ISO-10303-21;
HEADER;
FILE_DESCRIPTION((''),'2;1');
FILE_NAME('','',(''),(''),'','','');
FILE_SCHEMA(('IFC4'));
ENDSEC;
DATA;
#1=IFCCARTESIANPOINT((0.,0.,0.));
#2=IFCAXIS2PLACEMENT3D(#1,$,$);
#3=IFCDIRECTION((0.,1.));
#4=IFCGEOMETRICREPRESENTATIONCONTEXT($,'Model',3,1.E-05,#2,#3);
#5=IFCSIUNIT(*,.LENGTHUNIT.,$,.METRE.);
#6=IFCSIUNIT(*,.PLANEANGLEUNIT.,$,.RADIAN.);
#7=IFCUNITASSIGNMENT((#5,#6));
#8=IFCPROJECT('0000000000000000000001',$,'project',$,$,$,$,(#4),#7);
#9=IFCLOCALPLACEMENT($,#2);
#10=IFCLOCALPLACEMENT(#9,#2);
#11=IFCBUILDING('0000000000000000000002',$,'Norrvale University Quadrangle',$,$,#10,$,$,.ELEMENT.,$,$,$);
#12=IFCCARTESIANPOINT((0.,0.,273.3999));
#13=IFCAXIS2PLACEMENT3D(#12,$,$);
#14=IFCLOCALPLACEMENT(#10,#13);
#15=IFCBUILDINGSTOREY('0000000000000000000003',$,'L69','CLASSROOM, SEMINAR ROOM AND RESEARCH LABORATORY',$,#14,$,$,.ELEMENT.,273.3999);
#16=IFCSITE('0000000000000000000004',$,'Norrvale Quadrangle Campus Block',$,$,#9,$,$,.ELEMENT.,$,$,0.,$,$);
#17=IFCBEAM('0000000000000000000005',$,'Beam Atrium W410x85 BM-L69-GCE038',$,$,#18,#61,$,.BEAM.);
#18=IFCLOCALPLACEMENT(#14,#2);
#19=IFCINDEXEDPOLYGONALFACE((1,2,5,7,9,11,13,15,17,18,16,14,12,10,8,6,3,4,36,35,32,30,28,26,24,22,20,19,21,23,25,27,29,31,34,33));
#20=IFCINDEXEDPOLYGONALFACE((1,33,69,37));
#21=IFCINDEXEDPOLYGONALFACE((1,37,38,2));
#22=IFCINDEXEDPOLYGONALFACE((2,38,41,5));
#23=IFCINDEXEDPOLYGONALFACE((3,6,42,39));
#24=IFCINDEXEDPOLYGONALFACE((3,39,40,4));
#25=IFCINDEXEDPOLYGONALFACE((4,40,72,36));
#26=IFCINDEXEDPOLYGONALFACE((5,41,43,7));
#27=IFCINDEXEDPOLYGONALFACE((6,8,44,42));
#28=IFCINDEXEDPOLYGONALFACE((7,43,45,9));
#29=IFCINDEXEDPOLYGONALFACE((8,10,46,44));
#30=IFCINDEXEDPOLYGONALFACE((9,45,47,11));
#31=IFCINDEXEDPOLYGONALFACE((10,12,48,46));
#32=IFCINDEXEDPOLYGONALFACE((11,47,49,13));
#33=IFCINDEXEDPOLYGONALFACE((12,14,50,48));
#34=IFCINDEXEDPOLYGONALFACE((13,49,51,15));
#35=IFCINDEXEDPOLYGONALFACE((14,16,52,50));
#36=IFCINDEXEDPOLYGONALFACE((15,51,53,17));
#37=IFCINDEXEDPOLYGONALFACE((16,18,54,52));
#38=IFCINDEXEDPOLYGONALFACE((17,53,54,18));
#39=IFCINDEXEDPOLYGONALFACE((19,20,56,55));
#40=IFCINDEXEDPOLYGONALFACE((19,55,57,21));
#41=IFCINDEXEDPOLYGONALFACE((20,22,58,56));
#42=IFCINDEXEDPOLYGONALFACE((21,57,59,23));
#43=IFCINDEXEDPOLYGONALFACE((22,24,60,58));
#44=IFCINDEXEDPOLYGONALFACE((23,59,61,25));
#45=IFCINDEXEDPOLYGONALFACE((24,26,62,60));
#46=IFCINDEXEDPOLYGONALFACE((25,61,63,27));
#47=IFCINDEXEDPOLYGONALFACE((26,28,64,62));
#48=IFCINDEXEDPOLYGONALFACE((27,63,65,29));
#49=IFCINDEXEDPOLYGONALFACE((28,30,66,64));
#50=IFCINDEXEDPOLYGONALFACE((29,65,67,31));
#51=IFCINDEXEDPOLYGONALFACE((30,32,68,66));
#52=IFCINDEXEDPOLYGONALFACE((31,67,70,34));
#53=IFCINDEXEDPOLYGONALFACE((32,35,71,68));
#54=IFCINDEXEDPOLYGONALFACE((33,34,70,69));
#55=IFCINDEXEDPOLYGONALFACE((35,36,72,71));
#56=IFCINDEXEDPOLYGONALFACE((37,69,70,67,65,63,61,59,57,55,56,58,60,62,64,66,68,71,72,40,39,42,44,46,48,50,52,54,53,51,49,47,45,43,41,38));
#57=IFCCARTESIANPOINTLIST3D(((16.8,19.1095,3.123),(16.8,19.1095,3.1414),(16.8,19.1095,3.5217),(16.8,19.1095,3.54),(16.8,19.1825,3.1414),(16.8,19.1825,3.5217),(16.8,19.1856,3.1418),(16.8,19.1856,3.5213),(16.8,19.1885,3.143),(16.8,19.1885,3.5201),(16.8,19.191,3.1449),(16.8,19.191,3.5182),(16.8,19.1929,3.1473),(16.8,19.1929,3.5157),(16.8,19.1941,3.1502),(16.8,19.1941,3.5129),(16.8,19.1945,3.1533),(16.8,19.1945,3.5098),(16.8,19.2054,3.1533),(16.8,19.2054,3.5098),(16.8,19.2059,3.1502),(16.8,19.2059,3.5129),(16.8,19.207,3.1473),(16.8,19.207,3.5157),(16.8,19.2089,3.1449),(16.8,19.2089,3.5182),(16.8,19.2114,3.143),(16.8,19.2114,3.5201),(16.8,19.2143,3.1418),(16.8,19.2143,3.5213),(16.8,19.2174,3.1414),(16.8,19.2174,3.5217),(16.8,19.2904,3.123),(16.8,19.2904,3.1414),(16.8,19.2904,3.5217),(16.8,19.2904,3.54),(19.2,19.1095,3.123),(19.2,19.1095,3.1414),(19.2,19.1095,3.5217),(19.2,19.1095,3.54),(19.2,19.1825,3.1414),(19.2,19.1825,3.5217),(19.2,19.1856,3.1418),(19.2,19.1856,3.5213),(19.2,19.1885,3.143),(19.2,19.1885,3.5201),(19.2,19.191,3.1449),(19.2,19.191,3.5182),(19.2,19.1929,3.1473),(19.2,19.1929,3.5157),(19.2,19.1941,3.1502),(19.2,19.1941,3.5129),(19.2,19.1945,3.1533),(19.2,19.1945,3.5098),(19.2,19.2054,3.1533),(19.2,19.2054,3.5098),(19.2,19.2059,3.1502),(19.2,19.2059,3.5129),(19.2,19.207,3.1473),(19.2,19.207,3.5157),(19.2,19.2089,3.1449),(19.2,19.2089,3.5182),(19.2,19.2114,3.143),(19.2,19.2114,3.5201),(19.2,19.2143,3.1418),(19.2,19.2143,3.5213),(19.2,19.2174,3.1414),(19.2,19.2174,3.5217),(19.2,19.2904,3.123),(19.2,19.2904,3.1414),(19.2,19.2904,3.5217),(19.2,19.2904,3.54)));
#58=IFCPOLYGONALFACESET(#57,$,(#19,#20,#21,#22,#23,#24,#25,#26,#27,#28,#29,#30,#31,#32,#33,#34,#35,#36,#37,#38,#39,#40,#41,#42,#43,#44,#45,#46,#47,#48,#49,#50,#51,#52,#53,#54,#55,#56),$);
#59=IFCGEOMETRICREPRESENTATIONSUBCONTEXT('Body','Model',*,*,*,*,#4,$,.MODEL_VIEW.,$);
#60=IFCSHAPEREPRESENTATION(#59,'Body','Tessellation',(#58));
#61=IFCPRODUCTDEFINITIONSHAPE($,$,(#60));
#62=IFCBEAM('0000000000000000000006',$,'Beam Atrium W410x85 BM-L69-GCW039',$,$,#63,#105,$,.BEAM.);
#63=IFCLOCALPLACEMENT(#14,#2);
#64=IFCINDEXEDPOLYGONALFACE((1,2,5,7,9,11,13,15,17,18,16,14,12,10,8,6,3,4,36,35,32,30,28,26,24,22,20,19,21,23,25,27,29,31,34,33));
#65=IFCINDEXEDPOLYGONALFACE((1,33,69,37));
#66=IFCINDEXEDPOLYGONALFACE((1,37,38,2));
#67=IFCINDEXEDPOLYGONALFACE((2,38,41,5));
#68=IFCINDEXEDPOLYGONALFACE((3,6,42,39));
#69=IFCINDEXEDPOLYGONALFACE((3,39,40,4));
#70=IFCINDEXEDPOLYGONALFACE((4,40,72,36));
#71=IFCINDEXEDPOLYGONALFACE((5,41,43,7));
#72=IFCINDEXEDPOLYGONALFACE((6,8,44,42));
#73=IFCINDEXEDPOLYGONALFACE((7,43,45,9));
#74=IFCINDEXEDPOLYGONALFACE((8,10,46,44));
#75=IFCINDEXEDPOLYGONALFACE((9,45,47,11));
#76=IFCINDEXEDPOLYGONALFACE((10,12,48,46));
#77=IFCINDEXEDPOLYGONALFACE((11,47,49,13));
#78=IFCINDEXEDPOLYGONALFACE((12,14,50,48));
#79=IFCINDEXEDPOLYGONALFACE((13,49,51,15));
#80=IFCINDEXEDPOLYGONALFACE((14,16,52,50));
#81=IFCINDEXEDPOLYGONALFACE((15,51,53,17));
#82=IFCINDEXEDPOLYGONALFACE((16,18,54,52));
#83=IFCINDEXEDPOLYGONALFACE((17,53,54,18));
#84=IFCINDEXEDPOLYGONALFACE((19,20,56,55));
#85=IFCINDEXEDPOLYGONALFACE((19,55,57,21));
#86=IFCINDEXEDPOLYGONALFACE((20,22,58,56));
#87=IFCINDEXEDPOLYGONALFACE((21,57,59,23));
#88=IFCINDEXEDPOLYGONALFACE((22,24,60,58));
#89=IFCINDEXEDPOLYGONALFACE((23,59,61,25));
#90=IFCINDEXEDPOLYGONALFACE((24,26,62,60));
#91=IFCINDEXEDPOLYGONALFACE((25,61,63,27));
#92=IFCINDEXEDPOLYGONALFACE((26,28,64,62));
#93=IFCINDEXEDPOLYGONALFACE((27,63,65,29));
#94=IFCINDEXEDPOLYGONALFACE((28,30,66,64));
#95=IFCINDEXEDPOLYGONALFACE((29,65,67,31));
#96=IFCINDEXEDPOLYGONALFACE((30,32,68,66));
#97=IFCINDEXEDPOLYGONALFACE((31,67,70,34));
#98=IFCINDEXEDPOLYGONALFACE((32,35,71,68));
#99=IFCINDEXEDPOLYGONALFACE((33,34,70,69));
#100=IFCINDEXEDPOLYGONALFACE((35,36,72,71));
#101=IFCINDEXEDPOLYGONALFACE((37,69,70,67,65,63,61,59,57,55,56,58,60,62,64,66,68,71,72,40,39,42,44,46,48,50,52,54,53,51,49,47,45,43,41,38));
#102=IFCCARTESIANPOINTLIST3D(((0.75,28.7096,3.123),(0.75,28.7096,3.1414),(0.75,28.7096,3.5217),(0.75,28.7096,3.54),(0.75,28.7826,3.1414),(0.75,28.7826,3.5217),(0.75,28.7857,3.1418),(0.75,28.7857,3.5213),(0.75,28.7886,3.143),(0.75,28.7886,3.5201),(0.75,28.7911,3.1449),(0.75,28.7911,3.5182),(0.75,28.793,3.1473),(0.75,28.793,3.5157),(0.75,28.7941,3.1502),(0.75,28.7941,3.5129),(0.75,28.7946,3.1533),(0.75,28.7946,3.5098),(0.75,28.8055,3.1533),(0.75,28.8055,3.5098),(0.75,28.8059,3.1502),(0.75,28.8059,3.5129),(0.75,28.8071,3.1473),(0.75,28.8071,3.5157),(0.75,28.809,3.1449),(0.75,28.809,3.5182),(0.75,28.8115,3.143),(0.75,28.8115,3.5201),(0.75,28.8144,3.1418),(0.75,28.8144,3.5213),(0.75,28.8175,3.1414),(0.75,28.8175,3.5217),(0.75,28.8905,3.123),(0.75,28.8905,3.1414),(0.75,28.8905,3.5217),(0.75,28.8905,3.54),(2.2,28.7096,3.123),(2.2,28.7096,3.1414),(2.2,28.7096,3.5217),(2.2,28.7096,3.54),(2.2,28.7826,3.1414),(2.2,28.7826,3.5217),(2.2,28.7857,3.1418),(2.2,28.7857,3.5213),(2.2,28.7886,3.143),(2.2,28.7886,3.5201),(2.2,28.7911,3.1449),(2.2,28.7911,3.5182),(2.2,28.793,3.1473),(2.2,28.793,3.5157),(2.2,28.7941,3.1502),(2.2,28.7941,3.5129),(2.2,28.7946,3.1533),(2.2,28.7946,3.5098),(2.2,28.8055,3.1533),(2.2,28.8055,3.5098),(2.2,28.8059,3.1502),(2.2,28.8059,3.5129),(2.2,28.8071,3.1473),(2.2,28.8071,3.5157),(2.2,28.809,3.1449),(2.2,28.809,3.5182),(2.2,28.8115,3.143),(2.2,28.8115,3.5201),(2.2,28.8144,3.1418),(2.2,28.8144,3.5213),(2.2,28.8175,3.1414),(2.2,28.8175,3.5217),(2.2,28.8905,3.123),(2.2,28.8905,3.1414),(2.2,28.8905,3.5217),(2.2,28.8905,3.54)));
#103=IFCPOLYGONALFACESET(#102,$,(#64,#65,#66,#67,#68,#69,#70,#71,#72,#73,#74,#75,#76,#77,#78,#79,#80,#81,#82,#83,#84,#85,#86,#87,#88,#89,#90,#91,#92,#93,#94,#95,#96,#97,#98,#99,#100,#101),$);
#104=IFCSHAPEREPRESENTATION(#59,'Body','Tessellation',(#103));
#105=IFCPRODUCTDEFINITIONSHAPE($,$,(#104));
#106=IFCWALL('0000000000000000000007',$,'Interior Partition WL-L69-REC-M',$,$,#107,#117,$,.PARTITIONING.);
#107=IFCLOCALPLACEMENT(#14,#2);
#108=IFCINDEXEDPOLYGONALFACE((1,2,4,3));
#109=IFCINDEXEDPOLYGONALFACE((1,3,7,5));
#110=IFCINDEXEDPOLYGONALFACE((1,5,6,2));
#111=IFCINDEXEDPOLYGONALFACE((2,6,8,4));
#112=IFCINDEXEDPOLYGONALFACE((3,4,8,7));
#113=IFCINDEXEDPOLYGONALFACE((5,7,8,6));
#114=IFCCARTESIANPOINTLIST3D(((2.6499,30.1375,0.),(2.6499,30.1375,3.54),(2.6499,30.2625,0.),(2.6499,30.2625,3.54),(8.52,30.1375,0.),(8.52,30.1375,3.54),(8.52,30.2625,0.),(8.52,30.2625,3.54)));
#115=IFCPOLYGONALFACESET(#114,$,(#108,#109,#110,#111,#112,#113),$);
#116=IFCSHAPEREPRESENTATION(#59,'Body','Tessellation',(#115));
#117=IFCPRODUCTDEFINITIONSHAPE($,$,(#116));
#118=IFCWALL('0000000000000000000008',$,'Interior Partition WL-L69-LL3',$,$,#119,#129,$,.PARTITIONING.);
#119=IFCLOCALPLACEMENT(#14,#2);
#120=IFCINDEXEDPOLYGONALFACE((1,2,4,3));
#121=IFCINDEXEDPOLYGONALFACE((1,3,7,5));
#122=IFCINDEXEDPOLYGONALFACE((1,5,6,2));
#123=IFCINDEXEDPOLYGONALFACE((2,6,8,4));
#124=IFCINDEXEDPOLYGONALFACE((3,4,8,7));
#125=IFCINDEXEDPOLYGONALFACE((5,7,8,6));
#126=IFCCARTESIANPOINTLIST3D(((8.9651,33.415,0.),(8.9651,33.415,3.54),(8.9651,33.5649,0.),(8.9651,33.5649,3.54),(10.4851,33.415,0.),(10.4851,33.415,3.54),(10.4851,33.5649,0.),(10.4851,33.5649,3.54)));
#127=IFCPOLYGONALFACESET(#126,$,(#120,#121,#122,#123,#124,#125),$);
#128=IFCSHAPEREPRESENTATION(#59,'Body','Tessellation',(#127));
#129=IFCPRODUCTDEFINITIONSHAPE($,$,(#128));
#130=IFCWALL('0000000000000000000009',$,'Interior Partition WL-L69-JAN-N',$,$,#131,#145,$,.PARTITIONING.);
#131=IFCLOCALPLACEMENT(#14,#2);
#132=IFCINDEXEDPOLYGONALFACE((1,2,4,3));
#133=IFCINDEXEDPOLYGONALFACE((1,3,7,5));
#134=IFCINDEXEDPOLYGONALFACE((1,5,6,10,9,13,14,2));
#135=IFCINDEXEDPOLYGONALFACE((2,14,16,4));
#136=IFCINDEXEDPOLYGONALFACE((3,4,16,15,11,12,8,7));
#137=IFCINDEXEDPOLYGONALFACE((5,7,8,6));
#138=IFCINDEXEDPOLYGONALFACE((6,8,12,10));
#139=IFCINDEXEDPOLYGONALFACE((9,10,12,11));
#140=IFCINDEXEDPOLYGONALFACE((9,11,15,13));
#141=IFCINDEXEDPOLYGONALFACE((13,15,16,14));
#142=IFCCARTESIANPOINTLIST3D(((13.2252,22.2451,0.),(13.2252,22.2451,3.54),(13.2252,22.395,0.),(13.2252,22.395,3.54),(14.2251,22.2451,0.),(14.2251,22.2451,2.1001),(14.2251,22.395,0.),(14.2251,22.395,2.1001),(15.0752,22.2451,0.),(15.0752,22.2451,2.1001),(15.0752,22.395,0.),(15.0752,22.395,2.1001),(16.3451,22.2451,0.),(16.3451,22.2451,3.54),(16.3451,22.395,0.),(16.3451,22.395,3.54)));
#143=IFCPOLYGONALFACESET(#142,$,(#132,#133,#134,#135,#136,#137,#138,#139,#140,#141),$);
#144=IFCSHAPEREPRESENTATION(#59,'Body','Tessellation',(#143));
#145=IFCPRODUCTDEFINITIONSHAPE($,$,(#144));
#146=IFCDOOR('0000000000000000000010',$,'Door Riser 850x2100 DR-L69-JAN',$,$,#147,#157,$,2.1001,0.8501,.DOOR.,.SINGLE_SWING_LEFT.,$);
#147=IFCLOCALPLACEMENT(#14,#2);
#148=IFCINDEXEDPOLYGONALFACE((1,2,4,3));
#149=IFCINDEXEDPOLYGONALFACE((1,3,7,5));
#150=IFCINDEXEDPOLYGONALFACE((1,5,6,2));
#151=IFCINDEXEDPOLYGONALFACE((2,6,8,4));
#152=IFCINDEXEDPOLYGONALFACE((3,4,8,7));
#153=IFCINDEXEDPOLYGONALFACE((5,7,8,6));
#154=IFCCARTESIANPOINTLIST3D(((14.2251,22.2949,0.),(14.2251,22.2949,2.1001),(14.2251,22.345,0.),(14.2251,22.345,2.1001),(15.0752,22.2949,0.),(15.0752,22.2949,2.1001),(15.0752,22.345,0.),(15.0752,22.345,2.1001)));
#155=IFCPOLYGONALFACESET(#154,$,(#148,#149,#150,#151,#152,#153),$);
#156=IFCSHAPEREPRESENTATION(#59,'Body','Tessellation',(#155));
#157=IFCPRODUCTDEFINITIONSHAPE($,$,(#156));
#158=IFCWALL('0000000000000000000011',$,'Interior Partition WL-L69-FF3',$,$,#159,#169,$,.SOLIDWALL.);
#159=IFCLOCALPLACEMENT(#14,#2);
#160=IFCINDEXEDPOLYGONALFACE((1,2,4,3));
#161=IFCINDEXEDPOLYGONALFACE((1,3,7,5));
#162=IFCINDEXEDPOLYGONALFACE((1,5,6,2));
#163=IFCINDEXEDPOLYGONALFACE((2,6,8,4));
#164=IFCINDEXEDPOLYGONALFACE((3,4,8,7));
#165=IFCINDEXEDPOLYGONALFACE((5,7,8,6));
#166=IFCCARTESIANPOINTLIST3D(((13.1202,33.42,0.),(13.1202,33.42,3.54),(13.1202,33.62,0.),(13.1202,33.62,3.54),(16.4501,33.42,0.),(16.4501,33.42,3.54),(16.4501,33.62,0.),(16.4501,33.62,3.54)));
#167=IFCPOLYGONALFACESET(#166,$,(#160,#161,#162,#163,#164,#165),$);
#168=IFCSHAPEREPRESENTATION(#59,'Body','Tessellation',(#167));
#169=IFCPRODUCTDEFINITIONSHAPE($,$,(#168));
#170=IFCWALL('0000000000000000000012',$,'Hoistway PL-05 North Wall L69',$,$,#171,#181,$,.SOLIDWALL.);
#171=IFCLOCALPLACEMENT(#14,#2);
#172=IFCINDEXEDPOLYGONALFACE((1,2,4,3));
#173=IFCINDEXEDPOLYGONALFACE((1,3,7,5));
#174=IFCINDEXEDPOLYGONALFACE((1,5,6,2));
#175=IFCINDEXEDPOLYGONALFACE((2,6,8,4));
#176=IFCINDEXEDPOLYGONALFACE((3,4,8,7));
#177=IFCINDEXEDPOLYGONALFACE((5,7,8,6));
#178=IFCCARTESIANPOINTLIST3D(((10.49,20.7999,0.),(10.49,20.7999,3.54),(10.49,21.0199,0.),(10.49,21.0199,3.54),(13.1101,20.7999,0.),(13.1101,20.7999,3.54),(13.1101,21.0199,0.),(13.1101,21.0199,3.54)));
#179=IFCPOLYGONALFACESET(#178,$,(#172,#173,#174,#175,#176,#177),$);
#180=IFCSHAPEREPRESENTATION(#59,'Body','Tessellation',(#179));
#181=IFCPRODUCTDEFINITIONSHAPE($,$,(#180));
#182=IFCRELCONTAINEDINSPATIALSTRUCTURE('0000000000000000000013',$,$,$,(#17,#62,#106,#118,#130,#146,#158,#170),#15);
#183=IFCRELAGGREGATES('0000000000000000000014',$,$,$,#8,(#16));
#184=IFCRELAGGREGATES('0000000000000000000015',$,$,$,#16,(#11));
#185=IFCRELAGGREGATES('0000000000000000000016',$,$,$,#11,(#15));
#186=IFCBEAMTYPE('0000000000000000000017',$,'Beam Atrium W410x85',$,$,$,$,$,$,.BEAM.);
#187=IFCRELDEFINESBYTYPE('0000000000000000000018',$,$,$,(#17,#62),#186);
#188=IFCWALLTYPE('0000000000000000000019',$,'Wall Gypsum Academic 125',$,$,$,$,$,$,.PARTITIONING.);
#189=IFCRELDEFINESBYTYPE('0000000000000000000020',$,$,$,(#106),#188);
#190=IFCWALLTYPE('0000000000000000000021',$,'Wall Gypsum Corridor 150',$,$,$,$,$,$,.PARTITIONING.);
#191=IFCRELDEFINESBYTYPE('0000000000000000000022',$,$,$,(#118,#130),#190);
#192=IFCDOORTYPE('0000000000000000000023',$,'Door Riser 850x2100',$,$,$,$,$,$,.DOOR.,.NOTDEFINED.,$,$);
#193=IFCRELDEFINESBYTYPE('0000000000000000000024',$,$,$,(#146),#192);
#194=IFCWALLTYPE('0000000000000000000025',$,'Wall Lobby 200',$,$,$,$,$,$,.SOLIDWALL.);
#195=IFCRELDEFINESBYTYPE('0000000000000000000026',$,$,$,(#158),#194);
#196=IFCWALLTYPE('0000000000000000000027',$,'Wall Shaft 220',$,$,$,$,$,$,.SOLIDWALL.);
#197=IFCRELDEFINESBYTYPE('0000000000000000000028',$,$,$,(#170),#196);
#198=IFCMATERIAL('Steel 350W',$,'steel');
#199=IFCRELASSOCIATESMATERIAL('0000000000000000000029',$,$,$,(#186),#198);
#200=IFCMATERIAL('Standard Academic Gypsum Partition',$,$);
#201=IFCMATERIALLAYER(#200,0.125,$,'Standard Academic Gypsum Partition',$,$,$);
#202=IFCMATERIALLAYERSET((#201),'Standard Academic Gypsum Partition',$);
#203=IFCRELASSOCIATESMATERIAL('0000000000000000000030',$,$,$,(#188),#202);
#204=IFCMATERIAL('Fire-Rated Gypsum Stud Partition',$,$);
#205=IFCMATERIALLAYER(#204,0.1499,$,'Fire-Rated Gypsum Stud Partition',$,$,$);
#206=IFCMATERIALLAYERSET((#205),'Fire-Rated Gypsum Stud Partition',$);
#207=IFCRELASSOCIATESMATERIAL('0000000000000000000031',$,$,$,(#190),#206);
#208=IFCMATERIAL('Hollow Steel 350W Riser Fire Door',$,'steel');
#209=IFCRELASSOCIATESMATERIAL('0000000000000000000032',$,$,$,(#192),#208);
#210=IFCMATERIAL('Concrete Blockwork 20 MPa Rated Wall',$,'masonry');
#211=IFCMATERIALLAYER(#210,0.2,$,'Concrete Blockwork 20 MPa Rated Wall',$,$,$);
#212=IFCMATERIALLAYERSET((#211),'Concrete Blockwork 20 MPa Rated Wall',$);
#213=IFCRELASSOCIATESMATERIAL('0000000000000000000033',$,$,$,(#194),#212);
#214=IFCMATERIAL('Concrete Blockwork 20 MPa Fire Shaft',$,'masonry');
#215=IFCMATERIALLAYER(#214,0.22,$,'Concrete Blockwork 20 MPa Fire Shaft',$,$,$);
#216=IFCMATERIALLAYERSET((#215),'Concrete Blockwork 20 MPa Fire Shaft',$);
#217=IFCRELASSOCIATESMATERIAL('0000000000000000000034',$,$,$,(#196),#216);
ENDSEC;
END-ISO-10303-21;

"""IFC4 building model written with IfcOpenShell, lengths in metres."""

from ifc_helpers import new_model, si_unit, direction, frame, frame_2d, origin, origin_2d, place, context, subcontext, project, spatial, rectangle, i_section, extrude, material, layer, layer_set, material_profile, profile_set, type_object, element, fill, save


model = new_model("IFC4")

# Units and contexts
model_context = context("Model", 3, precision=1e-05, world=origin(), true_north=direction((0.0, 1.0)))
body_context = subcontext(model_context, "Body", "Model", "MODEL_VIEW")
ifc_project = project(units=[si_unit("LENGTHUNIT", "METRE"), si_unit("PLANEANGLEUNIT", "RADIAN")], contexts=[model_context])

# Site, building, storey
site_placement = place(None, origin())
site = spatial("IfcSite", under=ifc_project, at=site_placement, Name="Norrvale Quadrangle Campus Block", CompositionType="ELEMENT", RefElevation=0.0)
building_placement = place(site_placement, origin())
building = spatial("IfcBuilding", under=site, at=building_placement, Name="Norrvale University Quadrangle", CompositionType="ELEMENT")
storey_placement = place(building_placement, frame((0.0, 0.0, 273.3999)))
storey = spatial("IfcBuildingStorey", under=building, at=storey_placement, Name="L69", Description="CLASSROOM, SEMINAR ROOM AND RESEARCH LABORATORY", CompositionType="ELEMENT", Elevation=273.3999)

# Beams
ifc_material_1 = material(Name="Steel 350W", Category="steel")
ifc_material_profile_1 = material_profile(ifc_material_1, i_section(OverallWidth=0.1809, OverallDepth=0.417, WebThickness=0.011, FlangeThickness=0.0183, FilletRadius=0.012, at=origin_2d()), Name="Steel 350W")
ifc_profile_set_1 = profile_set([ifc_material_profile_1], Name="Steel 350W")
beam_type = type_object("IfcBeamType", Name="Beam Atrium W410x85", PredefinedType="BEAM", material=ifc_profile_set_1)
beam_1_placement = place(storey_placement, frame((16.8, 19.2, 3.3315), z_axis=(1.0, 0.0, 0.0), x_axis=(0.0, 1.0, 0.0)))
element("IfcBeam", 1, at=beam_1_placement, inside=storey, type_object=beam_type, Name="Beam Atrium W410x85 BM-L69-GCE038", PredefinedType="BEAM", context=body_context, shape_type="SweptSolid", body=[
    extrude(i_section(OverallWidth=0.1809, OverallDepth=0.417, WebThickness=0.011, FlangeThickness=0.0183, FilletRadius=0.012, at=origin_2d()), origin(), (0.0, 0.0, 1.0), 2.3999),
])
beam_2_placement = place(storey_placement, frame((0.75, 28.8, 3.3315), z_axis=(1.0, 0.0, 0.0), x_axis=(0.0, 1.0, 0.0)))
element("IfcBeam", 2, at=beam_2_placement, inside=storey, type_object=beam_type, Name="Beam Atrium W410x85 BM-L69-GCW039", PredefinedType="BEAM", context=body_context, shape_type="SweptSolid", body=[
    extrude(i_section(OverallWidth=0.1809, OverallDepth=0.417, WebThickness=0.011, FlangeThickness=0.0183, FilletRadius=0.012, at=origin_2d()), origin(), (0.0, 0.0, 1.0), 1.45),
])

# Walls
ifc_material_2 = material(Name="Standard Academic Gypsum Partition")
ifc_layer_1 = layer(ifc_material_2, 0.125, Name="Standard Academic Gypsum Partition")
ifc_layer_set_1 = layer_set([ifc_layer_1], Name="Standard Academic Gypsum Partition")
wall_type_1 = type_object("IfcWallType", Name="Wall Gypsum Academic 125", PredefinedType="PARTITIONING", material=ifc_layer_set_1)
wall_1_placement = place(storey_placement, frame((2.6499, 30.2, 0.0), z_axis=(0.0, 0.0, 1.0), x_axis=(1.0, 0.0, 0.0)))
element("IfcWall", 3, at=wall_1_placement, inside=storey, type_object=wall_type_1, Name="Interior Partition WL-L69-REC-M", PredefinedType="PARTITIONING", context=body_context, shape_type="SweptSolid", body=[
    extrude(rectangle(XDim=5.8701, YDim=0.125, at=frame_2d((2.9351, 0.0))), origin(), (0.0, 0.0, 1.0), 3.54),
])
ifc_material_3 = material(Name="Fire-Rated Gypsum Stud Partition")
ifc_layer_2 = layer(ifc_material_3, 0.1499, Name="Fire-Rated Gypsum Stud Partition")
ifc_layer_set_2 = layer_set([ifc_layer_2], Name="Fire-Rated Gypsum Stud Partition")
wall_type_2 = type_object("IfcWallType", Name="Wall Gypsum Corridor 150", PredefinedType="PARTITIONING", material=ifc_layer_set_2)
wall_2_placement = place(storey_placement, frame((8.9651, 33.49, 0.0), z_axis=(0.0, 0.0, 1.0), x_axis=(1.0, 0.0, 0.0)))
element("IfcWall", 4, at=wall_2_placement, inside=storey, type_object=wall_type_2, Name="Interior Partition WL-L69-LL3", PredefinedType="PARTITIONING", context=body_context, shape_type="SweptSolid", body=[
    extrude(rectangle(XDim=1.52, YDim=0.1499, at=frame_2d((0.76, 0.0))), origin(), (0.0, 0.0, 1.0), 3.54),
])

# Wall, opening, door
wall_3_placement = place(storey_placement, frame((13.2251, 22.3201, 0.0), z_axis=(0.0, 0.0, 1.0), x_axis=(1.0, 0.0, 0.0)))
wall_3 = element("IfcWall", 5, at=wall_3_placement, inside=storey, type_object=wall_type_2, Name="Interior Partition WL-L69-JAN-N", PredefinedType="PARTITIONING", context=body_context, shape_type="SweptSolid", body=[
    extrude(rectangle(XDim=3.1199, YDim=0.1499, at=frame_2d((1.5601, 0.0))), origin(), (0.0, 0.0, 1.0), 3.54),
])
opening_1_placement = place(wall_3_placement, frame((1.0, 0.0, 0.0)))
opening_1 = element("IfcOpeningElement", 6, at=opening_1_placement, cuts=wall_3, PredefinedType="OPENING", context=body_context, shape_type="SweptSolid", body=[
    extrude(rectangle(XDim=0.8501, YDim=2.1001, at=frame_2d((0.425, 1.05))), frame((0.0, 0.0869, 0.0), z_axis=(0.0, -1.0, 0.0), x_axis=(1.0, 0.0, 0.0)), (0.0, 0.0, 1.0), 0.1738),
])
ifc_material_4 = material(Name="Hollow Steel 350W Riser Fire Door", Category="steel")
door_type_1 = type_object("IfcDoorType", Name="Door Riser 850x2100", OperationType="NOTDEFINED", PredefinedType="DOOR", material=ifc_material_4)
door_1_placement = place(opening_1_placement, origin())
door_1 = element("IfcDoor", 7, at=door_1_placement, inside=storey, type_object=door_type_1, Name="Door Riser 850x2100 DR-L69-JAN", OperationType="SINGLE_SWING_LEFT", OverallHeight=2.1001, OverallWidth=0.8501, PredefinedType="DOOR", context=body_context, shape_type="SweptSolid", body=[
    extrude(rectangle(XDim=0.8501, YDim=2.1001, at=frame_2d((0.425, 1.05))), frame((0.0, 0.0249, 0.0), z_axis=(0.0, -1.0, 0.0), x_axis=(1.0, 0.0, 0.0)), (0.0, 0.0, 1.0), 0.05),
])
fill(opening_1, door_1)

# Walls
ifc_material_5 = material(Name="Concrete Blockwork 20 MPa Rated Wall", Category="masonry")
ifc_layer_3 = layer(ifc_material_5, 0.2, Name="Concrete Blockwork 20 MPa Rated Wall")
ifc_layer_set_3 = layer_set([ifc_layer_3], Name="Concrete Blockwork 20 MPa Rated Wall")
wall_type_3 = type_object("IfcWallType", Name="Wall Lobby 200", PredefinedType="SOLIDWALL", material=ifc_layer_set_3)
wall_4_placement = place(storey_placement, frame((13.1201, 33.52, 0.0), z_axis=(0.0, 0.0, 1.0), x_axis=(1.0, 0.0, 0.0)))
element("IfcWall", 8, at=wall_4_placement, inside=storey, type_object=wall_type_3, Name="Interior Partition WL-L69-FF3", PredefinedType="SOLIDWALL", context=body_context, shape_type="SweptSolid", body=[
    extrude(rectangle(XDim=3.3298, YDim=0.2, at=frame_2d((1.665, 0.0))), origin(), (0.0, 0.0, 1.0), 3.54),
])
ifc_material_6 = material(Name="Concrete Blockwork 20 MPa Fire Shaft", Category="masonry")
ifc_layer_4 = layer(ifc_material_6, 0.22, Name="Concrete Blockwork 20 MPa Fire Shaft")
ifc_layer_set_4 = layer_set([ifc_layer_4], Name="Concrete Blockwork 20 MPa Fire Shaft")
wall_type_4 = type_object("IfcWallType", Name="Wall Shaft 220", PredefinedType="SOLIDWALL", material=ifc_layer_set_4)
wall_5_placement = place(storey_placement, frame((10.49, 20.9099, 0.0), z_axis=(0.0, 0.0, 1.0), x_axis=(1.0, 0.0, 0.0)))
element("IfcWall", 9, at=wall_5_placement, inside=storey, type_object=wall_type_4, Name="Hoistway PL-05 North Wall L69", PredefinedType="SOLIDWALL", context=body_context, shape_type="SweptSolid", body=[
    extrude(rectangle(XDim=2.6201, YDim=0.22, at=frame_2d((1.3101, 0.0))), origin(), (0.0, 0.0, 1.0), 3.54),
])

save(model, "model.ifc")
